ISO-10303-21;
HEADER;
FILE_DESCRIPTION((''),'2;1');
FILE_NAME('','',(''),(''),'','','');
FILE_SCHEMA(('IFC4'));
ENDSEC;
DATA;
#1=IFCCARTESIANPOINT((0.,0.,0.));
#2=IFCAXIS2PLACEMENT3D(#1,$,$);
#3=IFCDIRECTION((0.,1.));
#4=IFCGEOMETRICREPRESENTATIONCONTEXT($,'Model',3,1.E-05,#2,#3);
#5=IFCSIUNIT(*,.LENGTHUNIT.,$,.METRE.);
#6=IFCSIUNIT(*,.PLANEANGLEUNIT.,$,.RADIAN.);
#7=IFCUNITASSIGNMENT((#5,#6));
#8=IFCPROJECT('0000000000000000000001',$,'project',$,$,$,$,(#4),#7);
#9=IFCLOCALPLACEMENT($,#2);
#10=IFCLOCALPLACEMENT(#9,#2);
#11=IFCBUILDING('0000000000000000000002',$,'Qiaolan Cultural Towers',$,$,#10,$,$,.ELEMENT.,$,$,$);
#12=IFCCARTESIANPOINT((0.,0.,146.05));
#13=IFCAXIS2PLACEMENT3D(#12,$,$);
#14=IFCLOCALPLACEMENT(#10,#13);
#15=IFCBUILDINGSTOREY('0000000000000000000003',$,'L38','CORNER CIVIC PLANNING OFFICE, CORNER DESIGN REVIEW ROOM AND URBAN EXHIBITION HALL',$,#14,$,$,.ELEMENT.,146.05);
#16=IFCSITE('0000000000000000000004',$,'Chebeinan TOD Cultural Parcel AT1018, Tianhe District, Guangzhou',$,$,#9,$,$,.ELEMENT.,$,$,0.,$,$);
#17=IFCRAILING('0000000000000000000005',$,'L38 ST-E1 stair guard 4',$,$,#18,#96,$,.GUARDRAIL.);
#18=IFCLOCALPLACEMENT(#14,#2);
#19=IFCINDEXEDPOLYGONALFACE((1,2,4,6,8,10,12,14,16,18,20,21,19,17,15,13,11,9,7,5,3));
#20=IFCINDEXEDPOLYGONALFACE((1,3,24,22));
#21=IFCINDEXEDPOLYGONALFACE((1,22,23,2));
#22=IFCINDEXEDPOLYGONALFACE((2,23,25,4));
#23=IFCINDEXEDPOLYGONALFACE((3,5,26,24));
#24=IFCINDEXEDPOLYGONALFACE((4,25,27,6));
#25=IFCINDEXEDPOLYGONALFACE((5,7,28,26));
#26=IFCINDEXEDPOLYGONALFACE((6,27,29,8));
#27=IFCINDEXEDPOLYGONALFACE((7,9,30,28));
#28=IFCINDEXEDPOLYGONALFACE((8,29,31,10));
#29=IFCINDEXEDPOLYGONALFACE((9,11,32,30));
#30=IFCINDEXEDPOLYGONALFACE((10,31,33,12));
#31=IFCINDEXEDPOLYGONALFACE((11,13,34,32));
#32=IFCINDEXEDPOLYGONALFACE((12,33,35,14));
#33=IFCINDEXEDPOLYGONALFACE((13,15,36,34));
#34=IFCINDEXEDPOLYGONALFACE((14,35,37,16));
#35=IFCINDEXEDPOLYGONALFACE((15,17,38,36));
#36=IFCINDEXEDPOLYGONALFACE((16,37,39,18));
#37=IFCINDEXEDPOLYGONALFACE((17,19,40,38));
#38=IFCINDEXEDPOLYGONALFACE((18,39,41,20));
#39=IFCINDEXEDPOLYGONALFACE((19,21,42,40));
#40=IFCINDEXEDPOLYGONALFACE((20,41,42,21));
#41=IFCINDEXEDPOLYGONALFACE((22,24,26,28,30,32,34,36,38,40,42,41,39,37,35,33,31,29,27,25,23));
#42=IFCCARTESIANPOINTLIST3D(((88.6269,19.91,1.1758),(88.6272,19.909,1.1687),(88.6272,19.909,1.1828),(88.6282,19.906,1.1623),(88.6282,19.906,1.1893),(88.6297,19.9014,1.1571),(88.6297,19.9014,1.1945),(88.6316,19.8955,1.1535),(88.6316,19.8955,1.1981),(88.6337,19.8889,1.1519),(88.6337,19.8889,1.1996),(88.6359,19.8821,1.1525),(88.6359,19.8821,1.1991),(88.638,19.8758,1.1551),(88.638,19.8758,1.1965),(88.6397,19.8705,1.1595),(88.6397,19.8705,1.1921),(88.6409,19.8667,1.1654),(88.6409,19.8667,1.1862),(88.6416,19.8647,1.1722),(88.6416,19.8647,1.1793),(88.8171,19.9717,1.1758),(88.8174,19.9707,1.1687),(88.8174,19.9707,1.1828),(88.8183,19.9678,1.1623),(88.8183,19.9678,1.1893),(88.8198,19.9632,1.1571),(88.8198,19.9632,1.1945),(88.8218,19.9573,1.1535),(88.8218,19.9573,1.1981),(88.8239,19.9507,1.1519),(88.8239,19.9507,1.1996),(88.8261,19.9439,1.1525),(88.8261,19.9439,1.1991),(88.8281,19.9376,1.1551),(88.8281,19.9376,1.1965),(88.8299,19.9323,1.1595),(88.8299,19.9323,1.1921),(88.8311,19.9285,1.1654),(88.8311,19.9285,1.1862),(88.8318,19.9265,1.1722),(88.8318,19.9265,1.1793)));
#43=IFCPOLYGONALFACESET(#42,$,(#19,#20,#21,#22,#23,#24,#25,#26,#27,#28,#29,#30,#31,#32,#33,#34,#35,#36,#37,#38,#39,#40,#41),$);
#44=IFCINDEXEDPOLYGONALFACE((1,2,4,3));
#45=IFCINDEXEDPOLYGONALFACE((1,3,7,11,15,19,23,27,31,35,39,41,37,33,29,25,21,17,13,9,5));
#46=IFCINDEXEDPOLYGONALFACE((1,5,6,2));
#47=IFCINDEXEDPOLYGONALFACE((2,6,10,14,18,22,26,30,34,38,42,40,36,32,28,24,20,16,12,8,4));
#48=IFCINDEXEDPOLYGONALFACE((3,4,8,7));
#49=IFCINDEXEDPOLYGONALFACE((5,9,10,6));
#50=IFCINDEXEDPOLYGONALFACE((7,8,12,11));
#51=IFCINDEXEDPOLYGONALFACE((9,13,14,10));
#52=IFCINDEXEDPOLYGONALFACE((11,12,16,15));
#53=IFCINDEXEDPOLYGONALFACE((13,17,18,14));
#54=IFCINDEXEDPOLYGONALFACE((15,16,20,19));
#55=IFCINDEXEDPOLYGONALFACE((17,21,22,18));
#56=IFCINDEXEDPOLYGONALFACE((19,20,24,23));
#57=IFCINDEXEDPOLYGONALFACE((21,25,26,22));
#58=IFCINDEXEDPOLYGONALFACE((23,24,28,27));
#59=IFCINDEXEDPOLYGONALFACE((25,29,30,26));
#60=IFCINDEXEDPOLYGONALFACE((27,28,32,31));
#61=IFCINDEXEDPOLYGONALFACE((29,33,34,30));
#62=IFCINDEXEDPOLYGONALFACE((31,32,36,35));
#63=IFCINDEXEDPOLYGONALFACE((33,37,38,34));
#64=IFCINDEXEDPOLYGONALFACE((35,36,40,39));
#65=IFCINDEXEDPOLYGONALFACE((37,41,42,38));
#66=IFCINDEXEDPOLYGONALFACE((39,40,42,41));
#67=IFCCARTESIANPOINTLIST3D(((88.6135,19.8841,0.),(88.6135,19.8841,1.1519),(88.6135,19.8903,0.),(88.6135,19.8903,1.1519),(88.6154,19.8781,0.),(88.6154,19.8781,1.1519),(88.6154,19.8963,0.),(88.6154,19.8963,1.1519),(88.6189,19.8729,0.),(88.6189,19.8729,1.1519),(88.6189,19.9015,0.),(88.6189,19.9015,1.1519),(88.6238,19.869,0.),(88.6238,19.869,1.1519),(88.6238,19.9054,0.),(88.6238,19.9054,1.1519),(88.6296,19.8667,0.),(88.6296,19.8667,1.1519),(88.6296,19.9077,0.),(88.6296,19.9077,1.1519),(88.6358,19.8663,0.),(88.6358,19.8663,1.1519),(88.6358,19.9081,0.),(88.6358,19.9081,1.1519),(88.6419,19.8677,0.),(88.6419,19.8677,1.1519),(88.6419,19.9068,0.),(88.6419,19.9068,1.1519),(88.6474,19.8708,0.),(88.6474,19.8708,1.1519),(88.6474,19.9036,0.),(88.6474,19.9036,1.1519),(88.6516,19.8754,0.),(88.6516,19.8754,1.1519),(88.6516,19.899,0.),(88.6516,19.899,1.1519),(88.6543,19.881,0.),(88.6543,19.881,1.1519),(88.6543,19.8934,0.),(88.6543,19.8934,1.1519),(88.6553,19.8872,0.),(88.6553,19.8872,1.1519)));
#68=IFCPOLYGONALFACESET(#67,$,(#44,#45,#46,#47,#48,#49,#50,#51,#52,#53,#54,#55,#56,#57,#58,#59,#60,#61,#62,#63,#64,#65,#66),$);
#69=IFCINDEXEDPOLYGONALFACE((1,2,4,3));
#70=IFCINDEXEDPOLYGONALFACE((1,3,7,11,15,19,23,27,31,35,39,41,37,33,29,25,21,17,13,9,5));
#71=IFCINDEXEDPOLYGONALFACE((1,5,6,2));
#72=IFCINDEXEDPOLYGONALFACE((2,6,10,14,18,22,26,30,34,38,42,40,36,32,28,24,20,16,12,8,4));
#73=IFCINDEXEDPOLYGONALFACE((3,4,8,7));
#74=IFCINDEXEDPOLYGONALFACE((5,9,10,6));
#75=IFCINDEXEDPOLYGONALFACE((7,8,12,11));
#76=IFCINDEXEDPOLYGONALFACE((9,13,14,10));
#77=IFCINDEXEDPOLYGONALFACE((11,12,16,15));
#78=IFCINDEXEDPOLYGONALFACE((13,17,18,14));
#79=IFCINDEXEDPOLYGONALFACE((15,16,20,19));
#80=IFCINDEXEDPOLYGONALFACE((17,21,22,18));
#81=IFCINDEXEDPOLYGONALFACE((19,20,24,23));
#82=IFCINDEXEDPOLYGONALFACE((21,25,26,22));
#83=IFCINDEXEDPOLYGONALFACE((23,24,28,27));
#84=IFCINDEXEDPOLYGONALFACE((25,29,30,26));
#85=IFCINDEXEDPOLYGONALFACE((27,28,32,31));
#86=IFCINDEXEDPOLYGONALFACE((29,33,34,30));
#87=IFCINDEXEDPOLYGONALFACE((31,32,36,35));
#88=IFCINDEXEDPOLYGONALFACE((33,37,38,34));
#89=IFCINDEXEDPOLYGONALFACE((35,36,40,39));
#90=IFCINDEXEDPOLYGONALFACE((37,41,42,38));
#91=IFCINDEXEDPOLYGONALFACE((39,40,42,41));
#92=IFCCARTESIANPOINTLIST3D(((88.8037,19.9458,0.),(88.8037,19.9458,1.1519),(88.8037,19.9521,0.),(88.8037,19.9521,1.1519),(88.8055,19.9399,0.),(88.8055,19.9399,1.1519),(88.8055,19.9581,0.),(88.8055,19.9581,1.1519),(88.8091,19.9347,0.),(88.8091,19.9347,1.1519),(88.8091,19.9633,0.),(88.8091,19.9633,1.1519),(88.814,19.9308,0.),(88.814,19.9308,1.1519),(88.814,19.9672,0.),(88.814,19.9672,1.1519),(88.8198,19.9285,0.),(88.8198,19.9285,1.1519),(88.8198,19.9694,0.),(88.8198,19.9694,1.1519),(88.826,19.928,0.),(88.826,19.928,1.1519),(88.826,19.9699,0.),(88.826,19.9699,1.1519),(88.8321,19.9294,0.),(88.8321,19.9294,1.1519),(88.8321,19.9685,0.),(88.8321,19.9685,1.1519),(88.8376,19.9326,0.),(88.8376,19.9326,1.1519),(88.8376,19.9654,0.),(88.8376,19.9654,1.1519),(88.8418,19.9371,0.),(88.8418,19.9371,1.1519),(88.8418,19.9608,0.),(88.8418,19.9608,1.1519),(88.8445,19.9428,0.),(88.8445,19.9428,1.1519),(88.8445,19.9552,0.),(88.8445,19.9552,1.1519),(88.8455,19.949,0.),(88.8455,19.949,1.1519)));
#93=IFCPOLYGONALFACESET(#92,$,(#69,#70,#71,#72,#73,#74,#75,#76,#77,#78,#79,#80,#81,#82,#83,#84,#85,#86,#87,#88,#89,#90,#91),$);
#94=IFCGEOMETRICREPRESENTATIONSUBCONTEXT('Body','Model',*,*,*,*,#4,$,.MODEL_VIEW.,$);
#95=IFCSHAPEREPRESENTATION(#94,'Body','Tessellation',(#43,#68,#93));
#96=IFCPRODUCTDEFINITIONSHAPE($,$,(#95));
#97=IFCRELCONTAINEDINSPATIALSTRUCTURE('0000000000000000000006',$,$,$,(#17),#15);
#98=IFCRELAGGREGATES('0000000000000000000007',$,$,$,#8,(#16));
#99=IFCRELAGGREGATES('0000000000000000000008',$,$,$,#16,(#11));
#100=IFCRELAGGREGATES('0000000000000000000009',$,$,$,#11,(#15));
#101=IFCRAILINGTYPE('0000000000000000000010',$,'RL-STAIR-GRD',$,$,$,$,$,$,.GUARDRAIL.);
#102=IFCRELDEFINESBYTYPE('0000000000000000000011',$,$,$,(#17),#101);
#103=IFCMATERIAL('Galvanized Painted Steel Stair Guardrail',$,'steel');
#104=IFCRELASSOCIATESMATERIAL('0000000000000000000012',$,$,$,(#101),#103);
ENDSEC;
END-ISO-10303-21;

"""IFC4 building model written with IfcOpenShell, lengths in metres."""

from ifc_helpers import new_model, si_unit, direction, frame, origin, origin_2d, place, context, subcontext, project, spatial, circle, extrude, material, type_object, element, save


model = new_model("IFC4")

# Units and contexts
model_context = context("Model", 3, precision=1e-05, world=origin(), true_north=direction((0.0, 1.0)))
body_context = subcontext(model_context, "Body", "Model", "MODEL_VIEW")
ifc_project = project(units=[si_unit("LENGTHUNIT", "METRE"), si_unit("PLANEANGLEUNIT", "RADIAN")], contexts=[model_context])

# Site, building, storey
site_placement = place(None, origin())
site = spatial("IfcSite", under=ifc_project, at=site_placement, Name="Chebeinan TOD Cultural Parcel AT1018, Tianhe District, Guangzhou", CompositionType="ELEMENT", RefElevation=0.0)
building_placement = place(site_placement, origin())
building = spatial("IfcBuilding", under=site, at=building_placement, Name="Qiaolan Cultural Towers", CompositionType="ELEMENT")
storey_placement = place(building_placement, frame((0.0, 0.0, 146.05)))
storey = spatial("IfcBuildingStorey", under=building, at=storey_placement, Name="L38", Description="CORNER CIVIC PLANNING OFFICE, CORNER DESIGN REVIEW ROOM AND URBAN EXHIBITION HALL", CompositionType="ELEMENT", Elevation=146.05)

# Railing
ifc_material_1 = material(Name="Galvanized Painted Steel Stair Guardrail", Category="steel")
railing_type_1 = type_object("IfcRailingType", Name="RL-STAIR-GRD", PredefinedType="GUARDRAIL", material=ifc_material_1)
railing_1_placement = place(storey_placement, frame((88.6343, 19.8872, 0.0)))
element("IfcRailing", 1, at=railing_1_placement, inside=storey, type_object=railing_type_1, Name="L38 ST-E1 stair guard 4", PredefinedType="GUARDRAIL", context=body_context, shape_type="SweptSolid", body=[
    extrude(circle(Radius=0.0239, at=origin_2d()), frame((0.0, 0.0, 1.1758), z_axis=(0.951097, 0.308893, 0.0), x_axis=(-0.308893, 0.951097, 0.0)), (0.0, 0.0, 1.0), 0.2),
    extrude(circle(Radius=0.021, at=origin_2d()), origin(), (0.0, 0.0, 1.0), 1.1519),
    extrude(circle(Radius=0.021, at=origin_2d()), frame((0.1902, 0.0618, 0.0)), (0.0, 0.0, 1.0), 1.1519),
])

save(model, "model.ifc")
